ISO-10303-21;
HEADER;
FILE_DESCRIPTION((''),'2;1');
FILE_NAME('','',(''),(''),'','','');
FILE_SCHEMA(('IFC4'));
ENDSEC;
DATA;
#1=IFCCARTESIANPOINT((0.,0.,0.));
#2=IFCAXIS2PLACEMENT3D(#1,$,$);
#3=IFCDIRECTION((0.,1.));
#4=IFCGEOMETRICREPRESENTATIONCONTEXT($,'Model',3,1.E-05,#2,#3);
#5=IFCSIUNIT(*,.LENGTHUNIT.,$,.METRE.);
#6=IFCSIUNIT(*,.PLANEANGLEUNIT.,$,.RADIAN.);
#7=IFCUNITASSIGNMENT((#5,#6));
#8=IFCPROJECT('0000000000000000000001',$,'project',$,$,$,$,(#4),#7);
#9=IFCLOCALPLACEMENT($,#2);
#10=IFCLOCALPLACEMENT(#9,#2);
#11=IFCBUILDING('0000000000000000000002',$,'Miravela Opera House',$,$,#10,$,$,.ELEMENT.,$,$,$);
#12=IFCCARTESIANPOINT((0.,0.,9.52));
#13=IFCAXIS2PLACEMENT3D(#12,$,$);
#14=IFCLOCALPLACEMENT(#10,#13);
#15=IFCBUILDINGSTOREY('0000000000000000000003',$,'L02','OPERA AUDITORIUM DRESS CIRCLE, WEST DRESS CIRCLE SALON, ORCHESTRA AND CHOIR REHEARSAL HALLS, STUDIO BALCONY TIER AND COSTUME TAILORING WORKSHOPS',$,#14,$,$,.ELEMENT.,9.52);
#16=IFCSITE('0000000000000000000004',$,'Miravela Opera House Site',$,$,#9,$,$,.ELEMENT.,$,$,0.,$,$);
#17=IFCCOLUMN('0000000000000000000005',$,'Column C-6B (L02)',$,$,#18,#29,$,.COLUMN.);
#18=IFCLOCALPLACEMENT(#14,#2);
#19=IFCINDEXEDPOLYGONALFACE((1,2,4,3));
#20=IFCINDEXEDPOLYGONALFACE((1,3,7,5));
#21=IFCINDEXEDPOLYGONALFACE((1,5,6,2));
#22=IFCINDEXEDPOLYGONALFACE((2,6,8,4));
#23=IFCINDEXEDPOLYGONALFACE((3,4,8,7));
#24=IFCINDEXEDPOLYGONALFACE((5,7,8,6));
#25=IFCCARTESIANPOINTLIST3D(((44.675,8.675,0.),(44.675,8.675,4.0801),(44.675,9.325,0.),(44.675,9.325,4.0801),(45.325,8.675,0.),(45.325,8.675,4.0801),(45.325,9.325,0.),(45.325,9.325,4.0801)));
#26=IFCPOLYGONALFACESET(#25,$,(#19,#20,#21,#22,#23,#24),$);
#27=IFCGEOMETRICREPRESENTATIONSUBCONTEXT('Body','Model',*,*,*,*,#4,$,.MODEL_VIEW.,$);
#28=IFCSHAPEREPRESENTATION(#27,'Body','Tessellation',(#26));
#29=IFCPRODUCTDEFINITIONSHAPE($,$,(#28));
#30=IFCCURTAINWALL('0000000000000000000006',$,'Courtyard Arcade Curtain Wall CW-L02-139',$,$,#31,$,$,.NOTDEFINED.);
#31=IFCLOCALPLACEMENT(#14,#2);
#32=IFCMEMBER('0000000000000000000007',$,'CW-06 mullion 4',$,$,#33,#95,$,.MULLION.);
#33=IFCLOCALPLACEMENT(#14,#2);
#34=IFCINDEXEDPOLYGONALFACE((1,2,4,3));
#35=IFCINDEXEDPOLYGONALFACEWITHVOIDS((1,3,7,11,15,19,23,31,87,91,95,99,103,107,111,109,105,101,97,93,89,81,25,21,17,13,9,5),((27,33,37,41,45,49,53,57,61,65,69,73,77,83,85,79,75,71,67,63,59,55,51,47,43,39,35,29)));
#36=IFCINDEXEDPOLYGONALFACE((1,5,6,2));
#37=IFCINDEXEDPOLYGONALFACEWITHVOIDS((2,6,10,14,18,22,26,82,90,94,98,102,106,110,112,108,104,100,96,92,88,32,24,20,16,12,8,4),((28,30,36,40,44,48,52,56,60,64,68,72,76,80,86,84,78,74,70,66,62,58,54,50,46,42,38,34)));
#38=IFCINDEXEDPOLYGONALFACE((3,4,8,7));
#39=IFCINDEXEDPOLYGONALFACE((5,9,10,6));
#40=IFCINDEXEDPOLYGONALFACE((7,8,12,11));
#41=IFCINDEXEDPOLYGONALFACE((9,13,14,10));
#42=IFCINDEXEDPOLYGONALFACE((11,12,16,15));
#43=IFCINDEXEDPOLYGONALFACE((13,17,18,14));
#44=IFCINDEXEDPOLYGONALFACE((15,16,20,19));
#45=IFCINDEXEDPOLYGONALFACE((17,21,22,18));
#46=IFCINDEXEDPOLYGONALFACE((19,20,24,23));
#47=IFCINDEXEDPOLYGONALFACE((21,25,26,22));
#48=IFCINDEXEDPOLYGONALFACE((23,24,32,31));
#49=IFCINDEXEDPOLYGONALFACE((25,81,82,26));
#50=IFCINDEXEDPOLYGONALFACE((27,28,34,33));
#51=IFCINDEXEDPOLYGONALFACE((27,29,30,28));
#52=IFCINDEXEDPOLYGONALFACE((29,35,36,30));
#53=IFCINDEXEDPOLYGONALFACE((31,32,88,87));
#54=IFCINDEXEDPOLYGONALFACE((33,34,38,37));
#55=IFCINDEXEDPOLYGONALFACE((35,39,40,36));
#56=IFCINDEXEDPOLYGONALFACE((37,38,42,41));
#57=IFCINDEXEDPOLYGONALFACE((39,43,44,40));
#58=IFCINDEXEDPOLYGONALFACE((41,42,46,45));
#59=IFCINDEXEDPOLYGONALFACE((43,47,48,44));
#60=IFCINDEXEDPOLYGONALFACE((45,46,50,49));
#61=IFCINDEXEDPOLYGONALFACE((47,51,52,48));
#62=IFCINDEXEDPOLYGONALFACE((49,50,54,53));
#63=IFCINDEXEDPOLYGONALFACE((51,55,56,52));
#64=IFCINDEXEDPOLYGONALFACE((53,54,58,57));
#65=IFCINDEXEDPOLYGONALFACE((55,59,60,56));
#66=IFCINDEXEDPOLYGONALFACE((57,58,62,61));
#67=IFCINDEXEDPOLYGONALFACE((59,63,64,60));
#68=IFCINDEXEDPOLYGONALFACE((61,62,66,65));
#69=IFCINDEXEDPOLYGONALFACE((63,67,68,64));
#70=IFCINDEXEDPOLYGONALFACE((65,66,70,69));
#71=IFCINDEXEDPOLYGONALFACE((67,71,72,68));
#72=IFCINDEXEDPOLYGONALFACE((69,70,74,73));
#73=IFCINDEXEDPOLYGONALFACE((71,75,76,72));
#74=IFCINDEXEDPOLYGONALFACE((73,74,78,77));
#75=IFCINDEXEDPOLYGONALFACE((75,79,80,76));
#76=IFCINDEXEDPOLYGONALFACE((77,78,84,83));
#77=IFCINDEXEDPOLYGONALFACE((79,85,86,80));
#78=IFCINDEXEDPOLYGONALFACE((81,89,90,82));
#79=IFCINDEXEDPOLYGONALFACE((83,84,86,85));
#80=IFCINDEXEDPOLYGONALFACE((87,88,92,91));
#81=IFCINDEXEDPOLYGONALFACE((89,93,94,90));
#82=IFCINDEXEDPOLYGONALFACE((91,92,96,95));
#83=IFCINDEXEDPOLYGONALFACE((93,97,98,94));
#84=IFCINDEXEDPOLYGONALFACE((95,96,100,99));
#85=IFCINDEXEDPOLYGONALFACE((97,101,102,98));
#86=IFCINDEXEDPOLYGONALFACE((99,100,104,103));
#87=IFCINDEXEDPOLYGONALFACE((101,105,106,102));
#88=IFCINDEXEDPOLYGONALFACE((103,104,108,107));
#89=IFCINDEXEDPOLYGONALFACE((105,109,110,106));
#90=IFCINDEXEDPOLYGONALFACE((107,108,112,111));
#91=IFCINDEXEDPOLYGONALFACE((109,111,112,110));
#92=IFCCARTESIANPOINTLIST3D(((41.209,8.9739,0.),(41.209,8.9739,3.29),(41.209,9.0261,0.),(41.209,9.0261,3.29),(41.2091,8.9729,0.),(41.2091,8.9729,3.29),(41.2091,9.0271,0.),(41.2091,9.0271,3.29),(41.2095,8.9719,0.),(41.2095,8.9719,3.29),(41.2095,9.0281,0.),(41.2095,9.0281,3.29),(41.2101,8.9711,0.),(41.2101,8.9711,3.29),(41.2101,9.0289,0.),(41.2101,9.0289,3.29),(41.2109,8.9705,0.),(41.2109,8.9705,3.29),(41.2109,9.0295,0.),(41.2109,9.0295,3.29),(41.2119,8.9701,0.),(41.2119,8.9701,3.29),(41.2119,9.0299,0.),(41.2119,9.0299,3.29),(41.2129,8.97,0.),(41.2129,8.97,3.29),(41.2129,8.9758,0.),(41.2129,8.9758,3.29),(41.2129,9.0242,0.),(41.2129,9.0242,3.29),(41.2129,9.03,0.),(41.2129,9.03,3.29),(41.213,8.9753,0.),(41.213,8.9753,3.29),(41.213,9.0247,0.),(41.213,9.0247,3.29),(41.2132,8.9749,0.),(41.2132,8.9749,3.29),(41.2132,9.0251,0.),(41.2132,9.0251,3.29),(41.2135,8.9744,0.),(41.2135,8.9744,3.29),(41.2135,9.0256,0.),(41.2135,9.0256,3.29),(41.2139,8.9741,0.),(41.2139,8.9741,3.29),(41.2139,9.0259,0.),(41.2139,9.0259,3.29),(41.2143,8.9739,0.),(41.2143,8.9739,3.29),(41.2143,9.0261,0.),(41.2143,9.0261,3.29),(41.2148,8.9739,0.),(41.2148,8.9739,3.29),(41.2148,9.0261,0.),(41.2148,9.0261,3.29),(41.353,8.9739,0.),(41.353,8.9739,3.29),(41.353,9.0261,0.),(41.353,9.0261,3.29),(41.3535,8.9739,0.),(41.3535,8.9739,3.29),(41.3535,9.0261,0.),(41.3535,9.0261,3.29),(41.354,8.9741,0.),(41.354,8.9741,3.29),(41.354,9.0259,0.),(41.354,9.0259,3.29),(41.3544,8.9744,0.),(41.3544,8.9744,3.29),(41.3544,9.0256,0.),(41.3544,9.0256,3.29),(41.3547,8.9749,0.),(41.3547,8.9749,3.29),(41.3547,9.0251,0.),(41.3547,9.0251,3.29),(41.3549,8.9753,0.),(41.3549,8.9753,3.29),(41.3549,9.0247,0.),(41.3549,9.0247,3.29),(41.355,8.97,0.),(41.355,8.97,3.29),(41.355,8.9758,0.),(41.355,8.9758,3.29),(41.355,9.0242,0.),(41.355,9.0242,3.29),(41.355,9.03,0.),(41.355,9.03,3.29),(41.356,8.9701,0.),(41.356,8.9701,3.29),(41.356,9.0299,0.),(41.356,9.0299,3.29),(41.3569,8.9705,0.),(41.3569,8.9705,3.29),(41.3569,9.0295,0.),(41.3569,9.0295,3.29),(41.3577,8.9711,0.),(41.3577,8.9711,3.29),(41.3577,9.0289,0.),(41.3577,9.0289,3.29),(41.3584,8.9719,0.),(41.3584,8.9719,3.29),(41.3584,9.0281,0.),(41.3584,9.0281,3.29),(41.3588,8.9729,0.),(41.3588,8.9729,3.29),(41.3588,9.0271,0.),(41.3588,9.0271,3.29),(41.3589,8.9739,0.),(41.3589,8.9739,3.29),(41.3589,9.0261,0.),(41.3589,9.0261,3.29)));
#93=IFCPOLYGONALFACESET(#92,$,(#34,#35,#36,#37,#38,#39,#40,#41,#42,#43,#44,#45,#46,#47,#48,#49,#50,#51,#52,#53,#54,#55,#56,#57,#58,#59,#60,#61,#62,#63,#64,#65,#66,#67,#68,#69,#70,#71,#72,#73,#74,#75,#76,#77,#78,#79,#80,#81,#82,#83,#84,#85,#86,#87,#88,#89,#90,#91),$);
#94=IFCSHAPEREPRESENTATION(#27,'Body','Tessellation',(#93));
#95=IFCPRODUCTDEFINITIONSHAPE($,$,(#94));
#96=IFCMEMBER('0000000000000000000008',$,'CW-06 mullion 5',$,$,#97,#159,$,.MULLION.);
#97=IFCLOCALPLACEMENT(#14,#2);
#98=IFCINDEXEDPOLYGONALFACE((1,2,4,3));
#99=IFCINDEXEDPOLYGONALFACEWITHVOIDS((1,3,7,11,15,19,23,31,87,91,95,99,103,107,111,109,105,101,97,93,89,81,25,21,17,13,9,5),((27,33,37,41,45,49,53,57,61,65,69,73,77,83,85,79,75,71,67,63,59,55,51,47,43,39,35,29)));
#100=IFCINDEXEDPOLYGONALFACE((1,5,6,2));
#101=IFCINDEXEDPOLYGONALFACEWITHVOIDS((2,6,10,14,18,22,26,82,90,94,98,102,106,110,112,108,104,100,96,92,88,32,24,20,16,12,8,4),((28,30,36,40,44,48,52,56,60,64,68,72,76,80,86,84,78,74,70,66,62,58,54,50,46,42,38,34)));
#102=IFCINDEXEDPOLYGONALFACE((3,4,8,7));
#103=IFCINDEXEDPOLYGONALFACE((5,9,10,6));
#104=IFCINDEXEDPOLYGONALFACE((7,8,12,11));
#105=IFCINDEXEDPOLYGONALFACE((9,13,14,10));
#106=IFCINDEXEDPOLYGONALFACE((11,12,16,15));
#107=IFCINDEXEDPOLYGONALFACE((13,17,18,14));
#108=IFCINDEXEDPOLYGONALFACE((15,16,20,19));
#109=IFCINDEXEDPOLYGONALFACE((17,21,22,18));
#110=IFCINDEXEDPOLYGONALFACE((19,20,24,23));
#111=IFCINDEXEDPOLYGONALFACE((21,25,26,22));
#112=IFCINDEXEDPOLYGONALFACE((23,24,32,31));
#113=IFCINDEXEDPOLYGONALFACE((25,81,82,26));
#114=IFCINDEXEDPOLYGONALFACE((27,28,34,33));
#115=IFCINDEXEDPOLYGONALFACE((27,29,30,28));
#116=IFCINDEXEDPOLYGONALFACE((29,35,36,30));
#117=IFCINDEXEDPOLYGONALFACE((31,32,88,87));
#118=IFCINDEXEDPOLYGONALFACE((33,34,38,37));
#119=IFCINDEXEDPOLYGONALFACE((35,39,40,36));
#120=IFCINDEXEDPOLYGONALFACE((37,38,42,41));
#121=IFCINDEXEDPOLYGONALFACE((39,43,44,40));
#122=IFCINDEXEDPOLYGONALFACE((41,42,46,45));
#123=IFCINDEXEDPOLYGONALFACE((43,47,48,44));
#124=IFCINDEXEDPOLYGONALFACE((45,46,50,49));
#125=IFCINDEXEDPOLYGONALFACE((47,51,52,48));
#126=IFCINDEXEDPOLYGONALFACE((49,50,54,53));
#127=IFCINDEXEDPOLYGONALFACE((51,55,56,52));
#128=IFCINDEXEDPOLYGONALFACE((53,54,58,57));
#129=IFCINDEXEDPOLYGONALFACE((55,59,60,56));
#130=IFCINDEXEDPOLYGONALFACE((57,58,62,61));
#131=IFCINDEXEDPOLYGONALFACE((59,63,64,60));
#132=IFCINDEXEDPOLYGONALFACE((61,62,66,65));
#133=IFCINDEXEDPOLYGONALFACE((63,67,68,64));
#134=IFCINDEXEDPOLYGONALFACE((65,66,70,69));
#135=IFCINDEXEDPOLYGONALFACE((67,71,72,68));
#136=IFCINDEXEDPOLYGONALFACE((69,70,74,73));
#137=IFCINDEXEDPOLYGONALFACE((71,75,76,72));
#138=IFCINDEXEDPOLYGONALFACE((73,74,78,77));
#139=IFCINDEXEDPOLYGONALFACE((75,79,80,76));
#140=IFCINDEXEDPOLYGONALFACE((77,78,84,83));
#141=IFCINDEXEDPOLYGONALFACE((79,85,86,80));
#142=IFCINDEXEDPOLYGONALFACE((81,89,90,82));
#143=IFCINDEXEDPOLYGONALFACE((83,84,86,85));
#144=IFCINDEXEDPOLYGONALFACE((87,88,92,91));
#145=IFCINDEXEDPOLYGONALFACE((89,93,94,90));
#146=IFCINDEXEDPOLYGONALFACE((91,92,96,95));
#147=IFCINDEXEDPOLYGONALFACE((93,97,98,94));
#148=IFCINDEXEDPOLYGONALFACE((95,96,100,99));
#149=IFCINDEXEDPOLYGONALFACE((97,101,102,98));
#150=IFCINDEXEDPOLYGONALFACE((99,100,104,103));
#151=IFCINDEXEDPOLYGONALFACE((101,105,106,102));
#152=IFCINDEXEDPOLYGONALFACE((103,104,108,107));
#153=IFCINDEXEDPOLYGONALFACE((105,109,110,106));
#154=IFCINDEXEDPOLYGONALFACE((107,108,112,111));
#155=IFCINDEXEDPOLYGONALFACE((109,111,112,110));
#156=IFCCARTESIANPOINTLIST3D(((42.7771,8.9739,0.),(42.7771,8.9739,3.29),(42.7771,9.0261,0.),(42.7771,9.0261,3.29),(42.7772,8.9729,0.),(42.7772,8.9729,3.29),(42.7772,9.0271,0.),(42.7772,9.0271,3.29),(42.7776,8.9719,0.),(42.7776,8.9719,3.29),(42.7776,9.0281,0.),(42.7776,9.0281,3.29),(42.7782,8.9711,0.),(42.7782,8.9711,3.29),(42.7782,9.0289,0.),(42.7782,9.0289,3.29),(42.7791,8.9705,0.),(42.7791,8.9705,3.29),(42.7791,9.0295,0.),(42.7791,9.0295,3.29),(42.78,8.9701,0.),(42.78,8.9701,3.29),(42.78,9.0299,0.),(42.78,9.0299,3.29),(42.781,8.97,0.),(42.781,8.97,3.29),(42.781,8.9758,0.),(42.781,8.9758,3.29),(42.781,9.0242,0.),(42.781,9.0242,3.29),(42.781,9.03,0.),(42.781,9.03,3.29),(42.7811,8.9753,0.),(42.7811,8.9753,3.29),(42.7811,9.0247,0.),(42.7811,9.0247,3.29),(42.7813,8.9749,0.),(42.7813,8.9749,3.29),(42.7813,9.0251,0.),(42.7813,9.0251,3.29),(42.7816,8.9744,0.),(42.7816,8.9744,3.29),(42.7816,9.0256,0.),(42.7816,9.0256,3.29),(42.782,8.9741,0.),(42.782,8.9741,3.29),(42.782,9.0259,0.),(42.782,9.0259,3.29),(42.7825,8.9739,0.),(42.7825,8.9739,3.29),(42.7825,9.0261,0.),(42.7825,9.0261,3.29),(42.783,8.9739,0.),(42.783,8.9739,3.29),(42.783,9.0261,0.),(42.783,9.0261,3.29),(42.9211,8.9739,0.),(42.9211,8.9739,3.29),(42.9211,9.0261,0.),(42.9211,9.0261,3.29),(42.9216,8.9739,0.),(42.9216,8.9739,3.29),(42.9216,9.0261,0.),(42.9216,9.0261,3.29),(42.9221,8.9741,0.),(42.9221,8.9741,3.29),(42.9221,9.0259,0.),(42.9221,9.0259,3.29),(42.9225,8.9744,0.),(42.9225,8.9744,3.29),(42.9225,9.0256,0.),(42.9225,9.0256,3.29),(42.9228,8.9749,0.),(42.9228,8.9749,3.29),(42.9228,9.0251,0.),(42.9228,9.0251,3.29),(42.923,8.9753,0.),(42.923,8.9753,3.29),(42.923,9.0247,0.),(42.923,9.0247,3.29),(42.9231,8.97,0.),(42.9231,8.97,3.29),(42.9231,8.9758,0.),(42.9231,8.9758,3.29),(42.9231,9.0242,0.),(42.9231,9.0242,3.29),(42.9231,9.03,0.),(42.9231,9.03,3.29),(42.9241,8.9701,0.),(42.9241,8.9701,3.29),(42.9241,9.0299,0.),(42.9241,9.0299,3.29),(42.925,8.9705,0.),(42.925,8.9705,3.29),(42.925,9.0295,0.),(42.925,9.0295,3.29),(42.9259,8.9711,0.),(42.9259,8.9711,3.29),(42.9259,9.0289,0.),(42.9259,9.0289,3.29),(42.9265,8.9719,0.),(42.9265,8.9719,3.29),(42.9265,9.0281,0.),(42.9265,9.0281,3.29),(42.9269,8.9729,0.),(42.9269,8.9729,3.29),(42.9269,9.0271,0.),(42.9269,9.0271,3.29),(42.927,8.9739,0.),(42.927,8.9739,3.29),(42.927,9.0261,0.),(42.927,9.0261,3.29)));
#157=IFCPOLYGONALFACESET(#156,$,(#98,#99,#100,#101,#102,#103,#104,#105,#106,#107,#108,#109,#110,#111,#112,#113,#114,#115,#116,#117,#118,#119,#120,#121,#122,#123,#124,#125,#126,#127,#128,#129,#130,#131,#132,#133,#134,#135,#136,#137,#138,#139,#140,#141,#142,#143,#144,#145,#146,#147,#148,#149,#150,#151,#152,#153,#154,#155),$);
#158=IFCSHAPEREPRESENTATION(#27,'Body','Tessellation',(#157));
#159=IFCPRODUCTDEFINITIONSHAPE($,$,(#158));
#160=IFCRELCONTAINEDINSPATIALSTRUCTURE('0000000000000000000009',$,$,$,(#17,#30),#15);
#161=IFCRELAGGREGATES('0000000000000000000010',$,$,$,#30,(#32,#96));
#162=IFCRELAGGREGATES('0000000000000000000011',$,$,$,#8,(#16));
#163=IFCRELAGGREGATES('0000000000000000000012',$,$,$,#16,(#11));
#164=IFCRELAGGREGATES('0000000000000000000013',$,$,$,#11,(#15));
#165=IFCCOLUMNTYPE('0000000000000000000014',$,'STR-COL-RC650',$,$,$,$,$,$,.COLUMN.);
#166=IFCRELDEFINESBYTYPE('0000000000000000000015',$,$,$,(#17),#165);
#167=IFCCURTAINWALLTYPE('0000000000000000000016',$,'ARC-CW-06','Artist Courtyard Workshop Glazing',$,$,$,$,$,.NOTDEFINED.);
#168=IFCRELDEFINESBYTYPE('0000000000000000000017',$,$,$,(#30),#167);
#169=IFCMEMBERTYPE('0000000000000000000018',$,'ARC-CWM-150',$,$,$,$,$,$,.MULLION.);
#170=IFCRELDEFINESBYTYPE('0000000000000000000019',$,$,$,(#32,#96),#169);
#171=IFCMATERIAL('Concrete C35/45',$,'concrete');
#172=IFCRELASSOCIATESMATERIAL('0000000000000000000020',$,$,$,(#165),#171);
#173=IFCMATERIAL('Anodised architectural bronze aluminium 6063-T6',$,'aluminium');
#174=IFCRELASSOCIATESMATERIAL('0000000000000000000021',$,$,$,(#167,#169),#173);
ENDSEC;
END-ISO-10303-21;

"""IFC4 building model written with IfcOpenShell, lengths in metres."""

from ifc_helpers import new_model, si_unit, direction, frame, origin, origin_2d, place, context, subcontext, project, spatial, rectangle, hollow_rectangle, extrude, material, material_profile, profile_set, type_object, element, aggregate, save


model = new_model("IFC4")

# Units and contexts
model_context = context("Model", 3, precision=1e-05, world=origin(), true_north=direction((0.0, 1.0)))
body_context = subcontext(model_context, "Body", "Model", "MODEL_VIEW")
ifc_project = project(units=[si_unit("LENGTHUNIT", "METRE"), si_unit("PLANEANGLEUNIT", "RADIAN")], contexts=[model_context])

# Site, building, storey
site_placement = place(None, origin())
site = spatial("IfcSite", under=ifc_project, at=site_placement, Name="Miravela Opera House Site", CompositionType="ELEMENT", RefElevation=0.0)
building_placement = place(site_placement, origin())
building = spatial("IfcBuilding", under=site, at=building_placement, Name="Miravela Opera House", CompositionType="ELEMENT")
storey_placement = place(building_placement, frame((0.0, 0.0, 9.52)))
storey = spatial("IfcBuildingStorey", under=building, at=storey_placement, Name="L02", Description="OPERA AUDITORIUM DRESS CIRCLE, WEST DRESS CIRCLE SALON, ORCHESTRA AND CHOIR REHEARSAL HALLS, STUDIO BALCONY TIER AND COSTUME TAILORING WORKSHOPS", CompositionType="ELEMENT", Elevation=9.52)

# Column
ifc_material_1 = material(Name="Concrete C35/45", Category="concrete")
ifc_material_profile_1 = material_profile(ifc_material_1, rectangle(XDim=0.6499, YDim=0.6499, at=origin_2d()), Name="RC-COL-650X650")
ifc_profile_set_1 = profile_set([ifc_material_profile_1])
column_type = type_object("IfcColumnType", Name="STR-COL-RC650", PredefinedType="COLUMN", material=ifc_profile_set_1)
column_placement = place(storey_placement, frame((45.0, 9.0, 0.0), z_axis=(0.0, 0.0, 1.0), x_axis=(1.0, 0.0, 0.0)))
element("IfcColumn", 1, at=column_placement, inside=storey, type_object=column_type, Name="Column C-6B (L02)", PredefinedType="COLUMN", context=body_context, shape_type="SweptSolid", body=[
    extrude(rectangle(XDim=0.6499, YDim=0.6499, at=origin_2d()), origin(), (0.0, 0.0, 1.0), 4.0801),
])

# Curtain wall, members
ifc_material_2 = material(Name="Anodised architectural bronze aluminium 6063-T6", Category="aluminium")
curtain_wall_type = type_object("IfcCurtainWallType", Name="ARC-CW-06", Description="Artist Courtyard Workshop Glazing", PredefinedType="NOTDEFINED", material=ifc_material_2)
curtain_wall_1_placement = place(storey_placement, origin())
curtain_wall_1 = element("IfcCurtainWall", 2, at=curtain_wall_1_placement, inside=storey, type_object=curtain_wall_type, Name="Courtyard Arcade Curtain Wall CW-L02-139", PredefinedType="NOTDEFINED")
ifc_material_profile_2 = material_profile(ifc_material_2, hollow_rectangle(XDim=0.0601, YDim=0.1499, WallThickness=0.0039, InnerFilletRadius=0.002, OuterFilletRadius=0.0039, at=origin_2d()), Name="CWM-60X150")
ifc_profile_set_2 = profile_set([ifc_material_profile_2])
member_type_1 = type_object("IfcMemberType", Name="ARC-CWM-150", PredefinedType="MULLION", material=ifc_profile_set_2)
member_1_placement = place(storey_placement, frame((41.2839, 9.0, 0.0), z_axis=(0.0, 0.0, 1.0), x_axis=(0.0, 1.0, 0.0)))
member_1 = element("IfcMember", 3, at=member_1_placement, type_object=member_type_1, Name="CW-06 mullion 4", PredefinedType="MULLION", context=body_context, shape_type="SweptSolid", body=[
    extrude(hollow_rectangle(XDim=0.0601, YDim=0.1499, WallThickness=0.0039, InnerFilletRadius=0.002, OuterFilletRadius=0.0039, at=origin_2d()), origin(), (0.0, 0.0, 1.0), 3.29),
])
member_2_placement = place(storey_placement, frame((42.8521, 9.0, 0.0), z_axis=(0.0, 0.0, 1.0), x_axis=(0.0, 1.0, 0.0)))
member_2 = element("IfcMember", 4, at=member_2_placement, type_object=member_type_1, Name="CW-06 mullion 5", PredefinedType="MULLION", context=body_context, shape_type="SweptSolid", body=[
    extrude(hollow_rectangle(XDim=0.0601, YDim=0.1499, WallThickness=0.0039, InnerFilletRadius=0.002, OuterFilletRadius=0.0039, at=origin_2d()), origin(), (0.0, 0.0, 1.0), 3.29),
])

aggregate(curtain_wall_1, [member_1, member_2])

save(model, "model.ifc")
